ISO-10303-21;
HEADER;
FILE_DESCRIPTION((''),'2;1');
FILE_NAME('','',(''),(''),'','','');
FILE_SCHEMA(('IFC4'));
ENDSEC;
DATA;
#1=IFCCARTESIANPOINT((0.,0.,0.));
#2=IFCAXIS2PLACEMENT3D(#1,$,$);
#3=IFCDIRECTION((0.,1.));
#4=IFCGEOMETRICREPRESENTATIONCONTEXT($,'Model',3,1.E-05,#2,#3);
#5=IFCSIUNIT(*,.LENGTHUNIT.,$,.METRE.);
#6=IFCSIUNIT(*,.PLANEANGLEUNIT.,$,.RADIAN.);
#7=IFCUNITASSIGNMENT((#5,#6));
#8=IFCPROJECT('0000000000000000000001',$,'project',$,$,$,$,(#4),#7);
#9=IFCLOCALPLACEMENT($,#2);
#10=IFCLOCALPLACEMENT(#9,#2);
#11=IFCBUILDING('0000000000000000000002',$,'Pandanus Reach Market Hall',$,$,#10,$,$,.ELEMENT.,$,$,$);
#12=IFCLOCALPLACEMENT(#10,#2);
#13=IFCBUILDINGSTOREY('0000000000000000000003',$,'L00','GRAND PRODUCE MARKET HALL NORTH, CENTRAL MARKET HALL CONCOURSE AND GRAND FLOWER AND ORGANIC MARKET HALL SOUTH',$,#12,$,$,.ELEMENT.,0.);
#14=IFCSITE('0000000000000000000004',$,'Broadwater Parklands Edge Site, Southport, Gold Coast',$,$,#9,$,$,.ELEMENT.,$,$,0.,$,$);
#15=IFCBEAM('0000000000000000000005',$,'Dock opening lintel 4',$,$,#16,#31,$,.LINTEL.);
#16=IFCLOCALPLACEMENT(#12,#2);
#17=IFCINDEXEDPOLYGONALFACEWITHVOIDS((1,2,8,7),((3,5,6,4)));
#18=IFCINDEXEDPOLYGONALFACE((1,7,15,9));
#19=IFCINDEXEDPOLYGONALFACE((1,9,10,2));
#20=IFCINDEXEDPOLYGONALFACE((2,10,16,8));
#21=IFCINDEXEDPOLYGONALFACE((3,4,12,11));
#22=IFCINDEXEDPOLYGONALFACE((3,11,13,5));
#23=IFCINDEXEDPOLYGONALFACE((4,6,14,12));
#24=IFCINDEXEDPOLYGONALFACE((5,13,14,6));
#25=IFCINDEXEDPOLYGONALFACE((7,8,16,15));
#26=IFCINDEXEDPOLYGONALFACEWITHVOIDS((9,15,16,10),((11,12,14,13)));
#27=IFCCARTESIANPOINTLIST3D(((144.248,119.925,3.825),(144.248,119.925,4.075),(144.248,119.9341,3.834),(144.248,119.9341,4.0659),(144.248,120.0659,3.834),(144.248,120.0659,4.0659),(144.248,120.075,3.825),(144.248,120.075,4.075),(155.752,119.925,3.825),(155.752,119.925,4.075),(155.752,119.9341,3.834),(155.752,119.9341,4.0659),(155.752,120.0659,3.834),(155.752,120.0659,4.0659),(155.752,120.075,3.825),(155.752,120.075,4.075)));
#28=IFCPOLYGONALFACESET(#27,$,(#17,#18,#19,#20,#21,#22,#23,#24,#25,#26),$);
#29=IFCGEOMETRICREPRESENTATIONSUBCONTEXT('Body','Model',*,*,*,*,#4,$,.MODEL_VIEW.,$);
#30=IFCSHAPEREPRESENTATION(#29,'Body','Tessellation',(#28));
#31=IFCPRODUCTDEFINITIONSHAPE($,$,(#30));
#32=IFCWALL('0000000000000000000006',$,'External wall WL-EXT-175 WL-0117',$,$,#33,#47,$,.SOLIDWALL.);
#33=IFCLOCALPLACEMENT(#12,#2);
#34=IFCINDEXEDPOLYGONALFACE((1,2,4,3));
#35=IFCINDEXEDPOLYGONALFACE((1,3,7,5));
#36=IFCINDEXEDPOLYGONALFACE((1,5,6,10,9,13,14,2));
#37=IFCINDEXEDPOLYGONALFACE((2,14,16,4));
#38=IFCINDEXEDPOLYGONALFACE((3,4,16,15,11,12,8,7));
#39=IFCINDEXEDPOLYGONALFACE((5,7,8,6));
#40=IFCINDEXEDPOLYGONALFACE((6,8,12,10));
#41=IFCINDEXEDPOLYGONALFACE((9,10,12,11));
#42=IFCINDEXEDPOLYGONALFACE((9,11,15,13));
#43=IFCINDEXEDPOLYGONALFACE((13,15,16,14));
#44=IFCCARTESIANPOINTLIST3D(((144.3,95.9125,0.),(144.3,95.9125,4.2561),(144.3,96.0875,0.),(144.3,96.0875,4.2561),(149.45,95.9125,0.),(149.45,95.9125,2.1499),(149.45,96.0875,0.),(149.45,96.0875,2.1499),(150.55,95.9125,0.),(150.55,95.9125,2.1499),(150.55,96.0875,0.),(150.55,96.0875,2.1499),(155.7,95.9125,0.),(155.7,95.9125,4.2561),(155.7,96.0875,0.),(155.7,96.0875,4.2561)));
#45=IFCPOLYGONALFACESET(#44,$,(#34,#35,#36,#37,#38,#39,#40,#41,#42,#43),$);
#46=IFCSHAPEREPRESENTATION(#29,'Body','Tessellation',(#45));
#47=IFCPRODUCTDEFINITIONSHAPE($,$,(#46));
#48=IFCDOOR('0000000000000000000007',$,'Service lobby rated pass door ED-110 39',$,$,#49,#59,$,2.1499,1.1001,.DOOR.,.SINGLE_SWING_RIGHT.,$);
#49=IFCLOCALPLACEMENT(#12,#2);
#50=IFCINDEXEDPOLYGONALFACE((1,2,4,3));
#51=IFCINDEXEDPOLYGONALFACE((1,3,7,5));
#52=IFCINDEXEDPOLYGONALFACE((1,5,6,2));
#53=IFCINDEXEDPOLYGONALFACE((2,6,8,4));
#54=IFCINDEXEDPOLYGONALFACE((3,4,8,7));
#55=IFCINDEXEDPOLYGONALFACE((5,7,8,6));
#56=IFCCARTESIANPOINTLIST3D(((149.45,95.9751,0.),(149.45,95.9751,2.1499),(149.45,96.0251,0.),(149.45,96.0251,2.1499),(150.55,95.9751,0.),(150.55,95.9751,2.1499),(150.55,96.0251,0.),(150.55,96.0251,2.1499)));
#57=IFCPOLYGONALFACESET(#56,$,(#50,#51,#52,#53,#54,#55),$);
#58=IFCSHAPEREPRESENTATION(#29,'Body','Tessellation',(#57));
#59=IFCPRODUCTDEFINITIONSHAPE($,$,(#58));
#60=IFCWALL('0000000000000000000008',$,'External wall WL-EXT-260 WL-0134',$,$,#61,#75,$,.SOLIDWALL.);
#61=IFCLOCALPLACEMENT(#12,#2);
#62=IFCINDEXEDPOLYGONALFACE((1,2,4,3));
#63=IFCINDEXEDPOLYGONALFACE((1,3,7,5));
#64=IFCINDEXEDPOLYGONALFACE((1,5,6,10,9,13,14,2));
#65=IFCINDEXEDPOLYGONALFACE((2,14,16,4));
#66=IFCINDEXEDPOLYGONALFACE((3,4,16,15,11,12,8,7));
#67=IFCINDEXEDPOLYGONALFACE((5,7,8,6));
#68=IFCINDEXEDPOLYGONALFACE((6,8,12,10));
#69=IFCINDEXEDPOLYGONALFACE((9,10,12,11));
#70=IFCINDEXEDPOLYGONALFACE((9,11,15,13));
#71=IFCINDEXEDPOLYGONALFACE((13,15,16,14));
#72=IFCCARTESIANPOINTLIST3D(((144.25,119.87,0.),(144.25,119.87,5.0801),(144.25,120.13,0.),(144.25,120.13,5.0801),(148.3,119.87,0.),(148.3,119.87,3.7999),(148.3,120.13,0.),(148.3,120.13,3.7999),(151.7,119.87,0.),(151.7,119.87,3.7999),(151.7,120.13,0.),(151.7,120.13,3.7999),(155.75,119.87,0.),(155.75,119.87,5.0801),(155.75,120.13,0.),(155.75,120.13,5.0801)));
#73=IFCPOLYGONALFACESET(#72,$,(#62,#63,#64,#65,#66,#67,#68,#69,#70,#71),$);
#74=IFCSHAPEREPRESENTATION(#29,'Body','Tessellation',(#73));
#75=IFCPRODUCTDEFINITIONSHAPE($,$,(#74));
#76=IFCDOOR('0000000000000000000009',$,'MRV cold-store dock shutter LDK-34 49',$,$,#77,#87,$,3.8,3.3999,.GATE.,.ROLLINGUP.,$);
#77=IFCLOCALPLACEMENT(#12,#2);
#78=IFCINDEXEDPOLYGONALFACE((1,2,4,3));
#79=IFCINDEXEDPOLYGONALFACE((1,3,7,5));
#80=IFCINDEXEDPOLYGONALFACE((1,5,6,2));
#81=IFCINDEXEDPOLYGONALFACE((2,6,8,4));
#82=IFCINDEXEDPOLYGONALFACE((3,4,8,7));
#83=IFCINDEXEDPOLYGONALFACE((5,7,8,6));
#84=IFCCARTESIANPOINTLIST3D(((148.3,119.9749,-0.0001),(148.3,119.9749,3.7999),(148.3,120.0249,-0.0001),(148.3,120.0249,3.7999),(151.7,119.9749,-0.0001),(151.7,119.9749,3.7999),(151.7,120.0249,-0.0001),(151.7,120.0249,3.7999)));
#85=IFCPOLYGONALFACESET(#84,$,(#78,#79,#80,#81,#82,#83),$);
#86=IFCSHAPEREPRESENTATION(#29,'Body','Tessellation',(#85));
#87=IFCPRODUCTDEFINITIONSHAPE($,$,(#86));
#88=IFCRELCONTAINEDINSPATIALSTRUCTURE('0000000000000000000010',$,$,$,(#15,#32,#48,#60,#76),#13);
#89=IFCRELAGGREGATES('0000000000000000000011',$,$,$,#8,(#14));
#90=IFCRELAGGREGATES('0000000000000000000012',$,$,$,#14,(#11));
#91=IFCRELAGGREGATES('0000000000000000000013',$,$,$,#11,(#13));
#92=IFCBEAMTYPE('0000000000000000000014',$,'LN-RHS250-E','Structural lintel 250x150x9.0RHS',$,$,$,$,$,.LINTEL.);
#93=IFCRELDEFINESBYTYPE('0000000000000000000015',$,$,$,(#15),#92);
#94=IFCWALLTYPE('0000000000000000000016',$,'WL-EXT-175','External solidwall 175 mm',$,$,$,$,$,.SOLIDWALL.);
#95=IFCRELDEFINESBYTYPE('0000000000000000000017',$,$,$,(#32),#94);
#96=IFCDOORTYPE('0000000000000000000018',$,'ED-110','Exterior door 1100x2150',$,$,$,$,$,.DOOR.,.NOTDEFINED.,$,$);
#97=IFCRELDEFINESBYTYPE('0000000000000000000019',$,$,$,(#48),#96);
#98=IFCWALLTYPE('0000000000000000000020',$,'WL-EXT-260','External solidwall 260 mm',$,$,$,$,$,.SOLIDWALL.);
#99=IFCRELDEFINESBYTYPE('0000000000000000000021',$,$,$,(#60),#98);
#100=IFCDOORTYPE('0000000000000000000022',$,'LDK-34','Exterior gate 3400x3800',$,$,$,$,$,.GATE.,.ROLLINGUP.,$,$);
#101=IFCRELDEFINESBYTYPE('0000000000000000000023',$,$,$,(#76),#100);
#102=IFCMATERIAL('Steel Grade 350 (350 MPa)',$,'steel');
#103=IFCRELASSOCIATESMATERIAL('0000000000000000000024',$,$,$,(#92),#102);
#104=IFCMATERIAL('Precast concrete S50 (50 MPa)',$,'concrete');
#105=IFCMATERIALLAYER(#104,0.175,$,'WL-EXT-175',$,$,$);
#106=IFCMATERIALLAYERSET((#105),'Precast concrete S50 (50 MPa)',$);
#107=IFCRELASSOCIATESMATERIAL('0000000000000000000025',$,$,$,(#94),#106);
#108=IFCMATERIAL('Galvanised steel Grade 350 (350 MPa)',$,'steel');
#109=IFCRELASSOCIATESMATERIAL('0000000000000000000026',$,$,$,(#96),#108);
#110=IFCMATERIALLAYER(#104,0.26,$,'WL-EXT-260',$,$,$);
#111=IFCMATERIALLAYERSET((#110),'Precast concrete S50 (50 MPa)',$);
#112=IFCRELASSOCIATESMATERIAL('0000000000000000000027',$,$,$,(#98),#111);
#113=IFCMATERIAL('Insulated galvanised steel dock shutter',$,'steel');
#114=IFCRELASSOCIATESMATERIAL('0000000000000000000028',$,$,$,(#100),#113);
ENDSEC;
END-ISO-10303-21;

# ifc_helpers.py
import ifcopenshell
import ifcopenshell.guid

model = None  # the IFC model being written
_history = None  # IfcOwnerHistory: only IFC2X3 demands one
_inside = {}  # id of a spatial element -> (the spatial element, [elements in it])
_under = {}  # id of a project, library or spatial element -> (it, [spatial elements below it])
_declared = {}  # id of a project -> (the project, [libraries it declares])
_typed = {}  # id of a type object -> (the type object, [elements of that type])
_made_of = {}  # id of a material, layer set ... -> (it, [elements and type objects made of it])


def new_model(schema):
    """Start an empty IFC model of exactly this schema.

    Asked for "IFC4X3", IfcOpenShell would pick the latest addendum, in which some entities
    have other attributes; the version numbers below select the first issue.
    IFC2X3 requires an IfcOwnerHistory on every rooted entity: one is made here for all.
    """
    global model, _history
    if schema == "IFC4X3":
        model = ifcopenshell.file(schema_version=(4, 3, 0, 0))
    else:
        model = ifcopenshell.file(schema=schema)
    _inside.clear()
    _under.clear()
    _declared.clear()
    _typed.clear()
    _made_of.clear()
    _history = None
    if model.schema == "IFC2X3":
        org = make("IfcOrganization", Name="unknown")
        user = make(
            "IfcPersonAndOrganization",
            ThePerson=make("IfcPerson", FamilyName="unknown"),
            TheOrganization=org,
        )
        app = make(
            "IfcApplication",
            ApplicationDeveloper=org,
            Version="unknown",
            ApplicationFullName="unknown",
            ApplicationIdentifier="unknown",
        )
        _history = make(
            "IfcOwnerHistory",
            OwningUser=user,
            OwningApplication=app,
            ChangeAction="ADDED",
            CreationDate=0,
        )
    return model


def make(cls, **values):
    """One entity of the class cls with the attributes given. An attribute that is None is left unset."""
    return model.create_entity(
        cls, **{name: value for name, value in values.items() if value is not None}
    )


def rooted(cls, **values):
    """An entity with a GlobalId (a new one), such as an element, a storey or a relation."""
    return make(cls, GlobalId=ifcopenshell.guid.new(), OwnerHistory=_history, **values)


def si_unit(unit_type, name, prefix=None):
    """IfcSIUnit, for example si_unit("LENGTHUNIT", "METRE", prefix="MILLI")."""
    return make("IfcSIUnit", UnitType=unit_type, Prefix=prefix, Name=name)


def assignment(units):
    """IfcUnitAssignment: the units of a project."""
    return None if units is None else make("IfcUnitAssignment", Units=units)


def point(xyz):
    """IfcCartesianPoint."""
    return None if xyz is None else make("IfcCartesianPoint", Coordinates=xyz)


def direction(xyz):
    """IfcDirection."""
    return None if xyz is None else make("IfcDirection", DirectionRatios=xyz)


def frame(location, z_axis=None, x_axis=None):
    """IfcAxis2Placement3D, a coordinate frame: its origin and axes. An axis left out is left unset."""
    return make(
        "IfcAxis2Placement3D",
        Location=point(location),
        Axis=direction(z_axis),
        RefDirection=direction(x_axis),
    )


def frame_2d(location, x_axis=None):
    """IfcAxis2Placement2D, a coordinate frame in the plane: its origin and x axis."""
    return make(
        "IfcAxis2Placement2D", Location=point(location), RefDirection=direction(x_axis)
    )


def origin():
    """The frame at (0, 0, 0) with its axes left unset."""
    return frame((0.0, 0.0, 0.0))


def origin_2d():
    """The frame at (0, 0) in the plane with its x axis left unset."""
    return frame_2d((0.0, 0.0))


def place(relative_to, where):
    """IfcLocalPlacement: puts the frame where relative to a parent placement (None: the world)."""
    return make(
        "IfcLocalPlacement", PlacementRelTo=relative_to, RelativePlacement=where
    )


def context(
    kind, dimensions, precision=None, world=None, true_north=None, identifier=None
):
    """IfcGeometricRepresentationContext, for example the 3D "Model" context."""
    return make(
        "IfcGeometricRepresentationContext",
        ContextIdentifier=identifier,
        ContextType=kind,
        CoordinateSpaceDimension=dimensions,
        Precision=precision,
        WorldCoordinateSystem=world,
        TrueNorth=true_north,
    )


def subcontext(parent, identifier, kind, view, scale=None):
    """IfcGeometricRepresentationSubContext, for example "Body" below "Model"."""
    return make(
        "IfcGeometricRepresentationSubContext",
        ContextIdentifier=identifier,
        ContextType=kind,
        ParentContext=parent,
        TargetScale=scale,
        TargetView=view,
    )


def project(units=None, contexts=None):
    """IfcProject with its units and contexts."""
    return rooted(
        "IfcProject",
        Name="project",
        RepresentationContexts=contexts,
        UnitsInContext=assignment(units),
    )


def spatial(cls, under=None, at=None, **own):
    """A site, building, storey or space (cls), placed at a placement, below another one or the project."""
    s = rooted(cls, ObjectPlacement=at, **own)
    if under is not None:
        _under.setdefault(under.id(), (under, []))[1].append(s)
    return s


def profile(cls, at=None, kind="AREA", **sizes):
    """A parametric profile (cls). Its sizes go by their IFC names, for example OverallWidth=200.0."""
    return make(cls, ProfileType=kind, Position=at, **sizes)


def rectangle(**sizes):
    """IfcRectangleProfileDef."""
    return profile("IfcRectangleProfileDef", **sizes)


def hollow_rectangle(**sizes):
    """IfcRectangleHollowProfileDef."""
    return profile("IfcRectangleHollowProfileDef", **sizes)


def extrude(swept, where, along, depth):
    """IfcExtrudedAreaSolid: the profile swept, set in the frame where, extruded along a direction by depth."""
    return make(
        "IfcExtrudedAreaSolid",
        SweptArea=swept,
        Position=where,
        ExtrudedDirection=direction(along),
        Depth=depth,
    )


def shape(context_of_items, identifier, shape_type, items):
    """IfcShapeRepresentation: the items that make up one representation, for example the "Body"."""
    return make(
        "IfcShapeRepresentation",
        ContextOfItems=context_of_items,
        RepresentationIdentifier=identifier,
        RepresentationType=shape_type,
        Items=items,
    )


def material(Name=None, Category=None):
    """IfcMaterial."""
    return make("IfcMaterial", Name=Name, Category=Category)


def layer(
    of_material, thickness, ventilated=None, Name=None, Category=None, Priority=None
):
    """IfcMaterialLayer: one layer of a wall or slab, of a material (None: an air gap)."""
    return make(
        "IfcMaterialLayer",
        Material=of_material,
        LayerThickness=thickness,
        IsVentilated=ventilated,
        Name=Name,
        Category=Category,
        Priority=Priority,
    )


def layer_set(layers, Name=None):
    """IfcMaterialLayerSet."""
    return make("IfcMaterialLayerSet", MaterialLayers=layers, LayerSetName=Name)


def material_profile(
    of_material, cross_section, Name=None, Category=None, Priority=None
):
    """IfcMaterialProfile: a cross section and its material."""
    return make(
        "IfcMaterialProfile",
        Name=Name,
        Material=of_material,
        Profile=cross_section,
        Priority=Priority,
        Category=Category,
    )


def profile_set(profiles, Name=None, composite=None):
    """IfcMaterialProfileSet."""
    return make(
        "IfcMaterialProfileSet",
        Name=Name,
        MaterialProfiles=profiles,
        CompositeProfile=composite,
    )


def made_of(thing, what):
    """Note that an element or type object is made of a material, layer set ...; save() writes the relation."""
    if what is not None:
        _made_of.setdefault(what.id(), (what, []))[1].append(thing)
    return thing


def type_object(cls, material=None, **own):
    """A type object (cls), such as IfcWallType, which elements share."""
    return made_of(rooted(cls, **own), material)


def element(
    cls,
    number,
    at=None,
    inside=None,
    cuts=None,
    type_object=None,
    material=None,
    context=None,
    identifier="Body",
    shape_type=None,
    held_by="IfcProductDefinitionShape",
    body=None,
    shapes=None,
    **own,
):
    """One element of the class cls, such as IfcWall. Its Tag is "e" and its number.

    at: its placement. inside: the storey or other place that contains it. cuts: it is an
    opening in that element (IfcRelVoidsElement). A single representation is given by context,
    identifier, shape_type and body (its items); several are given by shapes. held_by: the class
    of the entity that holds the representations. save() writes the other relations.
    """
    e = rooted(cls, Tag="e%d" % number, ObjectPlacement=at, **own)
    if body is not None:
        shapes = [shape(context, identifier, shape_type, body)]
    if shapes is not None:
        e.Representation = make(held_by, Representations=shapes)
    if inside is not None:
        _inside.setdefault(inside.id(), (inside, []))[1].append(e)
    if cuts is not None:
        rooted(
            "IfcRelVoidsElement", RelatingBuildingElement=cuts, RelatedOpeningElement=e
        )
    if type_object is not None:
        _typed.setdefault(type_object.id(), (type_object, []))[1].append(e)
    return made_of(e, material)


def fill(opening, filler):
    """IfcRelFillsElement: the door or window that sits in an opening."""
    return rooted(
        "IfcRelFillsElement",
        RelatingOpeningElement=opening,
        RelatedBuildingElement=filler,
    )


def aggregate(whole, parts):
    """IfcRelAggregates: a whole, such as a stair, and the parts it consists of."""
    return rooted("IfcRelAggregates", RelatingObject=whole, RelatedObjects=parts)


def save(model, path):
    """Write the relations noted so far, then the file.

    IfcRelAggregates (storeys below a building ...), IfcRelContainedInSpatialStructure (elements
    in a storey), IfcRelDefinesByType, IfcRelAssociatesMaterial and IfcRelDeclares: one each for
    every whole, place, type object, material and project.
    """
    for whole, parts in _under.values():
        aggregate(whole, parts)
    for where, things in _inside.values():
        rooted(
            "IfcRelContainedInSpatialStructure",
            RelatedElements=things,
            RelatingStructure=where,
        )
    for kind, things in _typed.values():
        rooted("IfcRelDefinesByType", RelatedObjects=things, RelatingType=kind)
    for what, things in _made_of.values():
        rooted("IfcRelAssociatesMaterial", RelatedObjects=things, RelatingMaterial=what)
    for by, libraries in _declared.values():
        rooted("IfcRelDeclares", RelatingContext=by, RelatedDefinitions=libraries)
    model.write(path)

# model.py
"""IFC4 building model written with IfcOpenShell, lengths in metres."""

from ifc_helpers import new_model, si_unit, direction, frame, frame_2d, origin, origin_2d, place, context, subcontext, project, spatial, rectangle, hollow_rectangle, extrude, material, layer, layer_set, material_profile, profile_set, type_object, element, fill, save


model = new_model("IFC4")

# Units and contexts
model_context = context("Model", 3, precision=1e-05, world=origin(), true_north=direction((0.0, 1.0)))
body_context = subcontext(model_context, "Body", "Model", "MODEL_VIEW")
ifc_project = project(units=[si_unit("LENGTHUNIT", "METRE"), si_unit("PLANEANGLEUNIT", "RADIAN")], contexts=[model_context])

# Site, building, storey
site_placement = place(None, origin())
site = spatial("IfcSite", under=ifc_project, at=site_placement, Name="Broadwater Parklands Edge Site, Southport, Gold Coast", CompositionType="ELEMENT", RefElevation=0.0)
building_placement = place(site_placement, origin())
building = spatial("IfcBuilding", under=site, at=building_placement, Name="Pandanus Reach Market Hall", CompositionType="ELEMENT")
storey_placement = place(building_placement, origin())
storey = spatial("IfcBuildingStorey", under=building, at=storey_placement, Name="L00", Description="GRAND PRODUCE MARKET HALL NORTH, CENTRAL MARKET HALL CONCOURSE AND GRAND FLOWER AND ORGANIC MARKET HALL SOUTH", CompositionType="ELEMENT", Elevation=0.0)

# Beam
ifc_material_1 = material(Name="Steel Grade 350 (350 MPa)", Category="steel")
ifc_material_profile_1 = material_profile(ifc_material_1, hollow_rectangle(XDim=0.1499, YDim=0.25, WallThickness=0.009, at=origin_2d()), Name="250x150x9.0RHS", Category="LoadBearing")
ifc_profile_set_1 = profile_set([ifc_material_profile_1], Name="Steel Grade 350 (350 MPa)")
beam_type_1 = type_object("IfcBeamType", Name="LN-RHS250-E", Description="Structural lintel 250x150x9.0RHS", PredefinedType="LINTEL", material=ifc_profile_set_1)
beam_1_placement = place(storey_placement, frame((144.248, 120.0, 3.95), z_axis=(1.0, 0.0, 0.0), x_axis=(0.0, 1.0, 0.0)))
element("IfcBeam", 1, at=beam_1_placement, inside=storey, type_object=beam_type_1, Name="Dock opening lintel 4", PredefinedType="LINTEL", context=body_context, shape_type="SweptSolid", body=[
    extrude(hollow_rectangle(XDim=0.1499, YDim=0.25, WallThickness=0.009, at=origin_2d()), origin(), (0.0, 0.0, 1.0), 11.5039),
])

# Walls, openings, doors
ifc_material_2 = material(Name="Precast concrete S50 (50 MPa)", Category="concrete")
ifc_layer_1 = layer(ifc_material_2, 0.175, Name="WL-EXT-175")
ifc_layer_set_1 = layer_set([ifc_layer_1], Name="Precast concrete S50 (50 MPa)")
wall_type_1 = type_object("IfcWallType", Name="WL-EXT-175", Description="External solidwall 175 mm", PredefinedType="SOLIDWALL", material=ifc_layer_set_1)
wall_1_placement = place(storey_placement, frame((144.3, 96.0, 0.0), z_axis=(0.0, 0.0, 1.0), x_axis=(1.0, 0.0, 0.0)))
wall_1 = element("IfcWall", 2, at=wall_1_placement, inside=storey, type_object=wall_type_1, Name="External wall WL-EXT-175 WL-0117", PredefinedType="SOLIDWALL", context=body_context, shape_type="SweptSolid", body=[
    extrude(rectangle(XDim=11.3999, YDim=0.175, at=frame_2d((5.7, 0.0))), origin(), (0.0, 0.0, 1.0), 4.2561),
])
opening_1_placement = place(wall_1_placement, frame((5.1499, 0.0, 0.0)))
opening_1 = element("IfcOpeningElement", 3, at=opening_1_placement, cuts=wall_1, PredefinedType="OPENING", context=body_context, shape_type="SweptSolid", body=[
    extrude(rectangle(XDim=1.1001, YDim=2.1499, at=frame_2d((0.55, 1.075))), frame((0.0, 0.1025, 0.0), z_axis=(0.0, -1.0, 0.0), x_axis=(1.0, 0.0, 0.0)), (0.0, 0.0, 1.0), 0.2051),
])
ifc_material_3 = material(Name="Galvanised steel Grade 350 (350 MPa)", Category="steel")
door_type_1 = type_object("IfcDoorType", Name="ED-110", Description="Exterior door 1100x2150", OperationType="NOTDEFINED", PredefinedType="DOOR", material=ifc_material_3)
door_1_placement = place(opening_1_placement, frame((1.1001, 0.0, 0.0), z_axis=(0.0, 0.0, 1.0), x_axis=(-1.0, 0.0, 0.0)))
door_1 = element("IfcDoor", 4, at=door_1_placement, inside=storey, type_object=door_type_1, Name="Service lobby rated pass door ED-110 39", OperationType="SINGLE_SWING_RIGHT", OverallHeight=2.1499, OverallWidth=1.1001, PredefinedType="DOOR", context=body_context, shape_type="SweptSolid", body=[
    extrude(rectangle(XDim=1.1001, YDim=2.1499, at=frame_2d((0.55, 1.075))), frame((0.0, 0.0249, 0.0), z_axis=(0.0, -1.0, 0.0), x_axis=(1.0, 0.0, 0.0)), (0.0, 0.0, 1.0), 0.05),
])
fill(opening_1, door_1)
ifc_layer_2 = layer(ifc_material_2, 0.26, Name="WL-EXT-260")
ifc_layer_set_2 = layer_set([ifc_layer_2], Name="Precast concrete S50 (50 MPa)")
wall_type_2 = type_object("IfcWallType", Name="WL-EXT-260", Description="External solidwall 260 mm", PredefinedType="SOLIDWALL", material=ifc_layer_set_2)
wall_2_placement = place(storey_placement, frame((144.25, 120.0, 0.0), z_axis=(0.0, 0.0, 1.0), x_axis=(1.0, 0.0, 0.0)))
wall_2 = element("IfcWall", 5, at=wall_2_placement, inside=storey, type_object=wall_type_2, Name="External wall WL-EXT-260 WL-0134", PredefinedType="SOLIDWALL", context=body_context, shape_type="SweptSolid", body=[
    extrude(rectangle(XDim=11.5, YDim=0.26, at=frame_2d((5.75, 0.0))), origin(), (0.0, 0.0, 1.0), 5.0801),
])
opening_2_placement = place(wall_2_placement, frame((4.05, 0.0, 0.0)))
opening_2 = element("IfcOpeningElement", 6, at=opening_2_placement, cuts=wall_2, PredefinedType="OPENING", context=body_context, shape_type="SweptSolid", body=[
    extrude(rectangle(XDim=3.3999, YDim=3.8, at=frame_2d((1.7, 1.8999))), frame((0.0, 0.145, 0.0), z_axis=(0.0, -1.0, 0.0), x_axis=(1.0, 0.0, 0.0)), (0.0, 0.0, 1.0), 0.29),
])
ifc_material_4 = material(Name="Insulated galvanised steel dock shutter", Category="steel")
door_type_2 = type_object("IfcDoorType", Name="LDK-34", Description="Exterior gate 3400x3800", OperationType="ROLLINGUP", PredefinedType="GATE", material=ifc_material_4)
door_2_placement = place(opening_2_placement, origin())
door_2 = element("IfcDoor", 7, at=door_2_placement, inside=storey, type_object=door_type_2, Name="MRV cold-store dock shutter LDK-34 49", OperationType="ROLLINGUP", OverallHeight=3.8, OverallWidth=3.3999, PredefinedType="GATE", context=body_context, shape_type="SweptSolid", body=[
    extrude(rectangle(XDim=3.3999, YDim=3.8, at=frame_2d((1.7, 1.8999))), frame((0.0, 0.0249, 0.0), z_axis=(0.0, -1.0, 0.0), x_axis=(1.0, 0.0, 0.0)), (0.0, 0.0, 1.0), 0.05),
])
fill(opening_2, door_2)

save(model, "model.ifc")
